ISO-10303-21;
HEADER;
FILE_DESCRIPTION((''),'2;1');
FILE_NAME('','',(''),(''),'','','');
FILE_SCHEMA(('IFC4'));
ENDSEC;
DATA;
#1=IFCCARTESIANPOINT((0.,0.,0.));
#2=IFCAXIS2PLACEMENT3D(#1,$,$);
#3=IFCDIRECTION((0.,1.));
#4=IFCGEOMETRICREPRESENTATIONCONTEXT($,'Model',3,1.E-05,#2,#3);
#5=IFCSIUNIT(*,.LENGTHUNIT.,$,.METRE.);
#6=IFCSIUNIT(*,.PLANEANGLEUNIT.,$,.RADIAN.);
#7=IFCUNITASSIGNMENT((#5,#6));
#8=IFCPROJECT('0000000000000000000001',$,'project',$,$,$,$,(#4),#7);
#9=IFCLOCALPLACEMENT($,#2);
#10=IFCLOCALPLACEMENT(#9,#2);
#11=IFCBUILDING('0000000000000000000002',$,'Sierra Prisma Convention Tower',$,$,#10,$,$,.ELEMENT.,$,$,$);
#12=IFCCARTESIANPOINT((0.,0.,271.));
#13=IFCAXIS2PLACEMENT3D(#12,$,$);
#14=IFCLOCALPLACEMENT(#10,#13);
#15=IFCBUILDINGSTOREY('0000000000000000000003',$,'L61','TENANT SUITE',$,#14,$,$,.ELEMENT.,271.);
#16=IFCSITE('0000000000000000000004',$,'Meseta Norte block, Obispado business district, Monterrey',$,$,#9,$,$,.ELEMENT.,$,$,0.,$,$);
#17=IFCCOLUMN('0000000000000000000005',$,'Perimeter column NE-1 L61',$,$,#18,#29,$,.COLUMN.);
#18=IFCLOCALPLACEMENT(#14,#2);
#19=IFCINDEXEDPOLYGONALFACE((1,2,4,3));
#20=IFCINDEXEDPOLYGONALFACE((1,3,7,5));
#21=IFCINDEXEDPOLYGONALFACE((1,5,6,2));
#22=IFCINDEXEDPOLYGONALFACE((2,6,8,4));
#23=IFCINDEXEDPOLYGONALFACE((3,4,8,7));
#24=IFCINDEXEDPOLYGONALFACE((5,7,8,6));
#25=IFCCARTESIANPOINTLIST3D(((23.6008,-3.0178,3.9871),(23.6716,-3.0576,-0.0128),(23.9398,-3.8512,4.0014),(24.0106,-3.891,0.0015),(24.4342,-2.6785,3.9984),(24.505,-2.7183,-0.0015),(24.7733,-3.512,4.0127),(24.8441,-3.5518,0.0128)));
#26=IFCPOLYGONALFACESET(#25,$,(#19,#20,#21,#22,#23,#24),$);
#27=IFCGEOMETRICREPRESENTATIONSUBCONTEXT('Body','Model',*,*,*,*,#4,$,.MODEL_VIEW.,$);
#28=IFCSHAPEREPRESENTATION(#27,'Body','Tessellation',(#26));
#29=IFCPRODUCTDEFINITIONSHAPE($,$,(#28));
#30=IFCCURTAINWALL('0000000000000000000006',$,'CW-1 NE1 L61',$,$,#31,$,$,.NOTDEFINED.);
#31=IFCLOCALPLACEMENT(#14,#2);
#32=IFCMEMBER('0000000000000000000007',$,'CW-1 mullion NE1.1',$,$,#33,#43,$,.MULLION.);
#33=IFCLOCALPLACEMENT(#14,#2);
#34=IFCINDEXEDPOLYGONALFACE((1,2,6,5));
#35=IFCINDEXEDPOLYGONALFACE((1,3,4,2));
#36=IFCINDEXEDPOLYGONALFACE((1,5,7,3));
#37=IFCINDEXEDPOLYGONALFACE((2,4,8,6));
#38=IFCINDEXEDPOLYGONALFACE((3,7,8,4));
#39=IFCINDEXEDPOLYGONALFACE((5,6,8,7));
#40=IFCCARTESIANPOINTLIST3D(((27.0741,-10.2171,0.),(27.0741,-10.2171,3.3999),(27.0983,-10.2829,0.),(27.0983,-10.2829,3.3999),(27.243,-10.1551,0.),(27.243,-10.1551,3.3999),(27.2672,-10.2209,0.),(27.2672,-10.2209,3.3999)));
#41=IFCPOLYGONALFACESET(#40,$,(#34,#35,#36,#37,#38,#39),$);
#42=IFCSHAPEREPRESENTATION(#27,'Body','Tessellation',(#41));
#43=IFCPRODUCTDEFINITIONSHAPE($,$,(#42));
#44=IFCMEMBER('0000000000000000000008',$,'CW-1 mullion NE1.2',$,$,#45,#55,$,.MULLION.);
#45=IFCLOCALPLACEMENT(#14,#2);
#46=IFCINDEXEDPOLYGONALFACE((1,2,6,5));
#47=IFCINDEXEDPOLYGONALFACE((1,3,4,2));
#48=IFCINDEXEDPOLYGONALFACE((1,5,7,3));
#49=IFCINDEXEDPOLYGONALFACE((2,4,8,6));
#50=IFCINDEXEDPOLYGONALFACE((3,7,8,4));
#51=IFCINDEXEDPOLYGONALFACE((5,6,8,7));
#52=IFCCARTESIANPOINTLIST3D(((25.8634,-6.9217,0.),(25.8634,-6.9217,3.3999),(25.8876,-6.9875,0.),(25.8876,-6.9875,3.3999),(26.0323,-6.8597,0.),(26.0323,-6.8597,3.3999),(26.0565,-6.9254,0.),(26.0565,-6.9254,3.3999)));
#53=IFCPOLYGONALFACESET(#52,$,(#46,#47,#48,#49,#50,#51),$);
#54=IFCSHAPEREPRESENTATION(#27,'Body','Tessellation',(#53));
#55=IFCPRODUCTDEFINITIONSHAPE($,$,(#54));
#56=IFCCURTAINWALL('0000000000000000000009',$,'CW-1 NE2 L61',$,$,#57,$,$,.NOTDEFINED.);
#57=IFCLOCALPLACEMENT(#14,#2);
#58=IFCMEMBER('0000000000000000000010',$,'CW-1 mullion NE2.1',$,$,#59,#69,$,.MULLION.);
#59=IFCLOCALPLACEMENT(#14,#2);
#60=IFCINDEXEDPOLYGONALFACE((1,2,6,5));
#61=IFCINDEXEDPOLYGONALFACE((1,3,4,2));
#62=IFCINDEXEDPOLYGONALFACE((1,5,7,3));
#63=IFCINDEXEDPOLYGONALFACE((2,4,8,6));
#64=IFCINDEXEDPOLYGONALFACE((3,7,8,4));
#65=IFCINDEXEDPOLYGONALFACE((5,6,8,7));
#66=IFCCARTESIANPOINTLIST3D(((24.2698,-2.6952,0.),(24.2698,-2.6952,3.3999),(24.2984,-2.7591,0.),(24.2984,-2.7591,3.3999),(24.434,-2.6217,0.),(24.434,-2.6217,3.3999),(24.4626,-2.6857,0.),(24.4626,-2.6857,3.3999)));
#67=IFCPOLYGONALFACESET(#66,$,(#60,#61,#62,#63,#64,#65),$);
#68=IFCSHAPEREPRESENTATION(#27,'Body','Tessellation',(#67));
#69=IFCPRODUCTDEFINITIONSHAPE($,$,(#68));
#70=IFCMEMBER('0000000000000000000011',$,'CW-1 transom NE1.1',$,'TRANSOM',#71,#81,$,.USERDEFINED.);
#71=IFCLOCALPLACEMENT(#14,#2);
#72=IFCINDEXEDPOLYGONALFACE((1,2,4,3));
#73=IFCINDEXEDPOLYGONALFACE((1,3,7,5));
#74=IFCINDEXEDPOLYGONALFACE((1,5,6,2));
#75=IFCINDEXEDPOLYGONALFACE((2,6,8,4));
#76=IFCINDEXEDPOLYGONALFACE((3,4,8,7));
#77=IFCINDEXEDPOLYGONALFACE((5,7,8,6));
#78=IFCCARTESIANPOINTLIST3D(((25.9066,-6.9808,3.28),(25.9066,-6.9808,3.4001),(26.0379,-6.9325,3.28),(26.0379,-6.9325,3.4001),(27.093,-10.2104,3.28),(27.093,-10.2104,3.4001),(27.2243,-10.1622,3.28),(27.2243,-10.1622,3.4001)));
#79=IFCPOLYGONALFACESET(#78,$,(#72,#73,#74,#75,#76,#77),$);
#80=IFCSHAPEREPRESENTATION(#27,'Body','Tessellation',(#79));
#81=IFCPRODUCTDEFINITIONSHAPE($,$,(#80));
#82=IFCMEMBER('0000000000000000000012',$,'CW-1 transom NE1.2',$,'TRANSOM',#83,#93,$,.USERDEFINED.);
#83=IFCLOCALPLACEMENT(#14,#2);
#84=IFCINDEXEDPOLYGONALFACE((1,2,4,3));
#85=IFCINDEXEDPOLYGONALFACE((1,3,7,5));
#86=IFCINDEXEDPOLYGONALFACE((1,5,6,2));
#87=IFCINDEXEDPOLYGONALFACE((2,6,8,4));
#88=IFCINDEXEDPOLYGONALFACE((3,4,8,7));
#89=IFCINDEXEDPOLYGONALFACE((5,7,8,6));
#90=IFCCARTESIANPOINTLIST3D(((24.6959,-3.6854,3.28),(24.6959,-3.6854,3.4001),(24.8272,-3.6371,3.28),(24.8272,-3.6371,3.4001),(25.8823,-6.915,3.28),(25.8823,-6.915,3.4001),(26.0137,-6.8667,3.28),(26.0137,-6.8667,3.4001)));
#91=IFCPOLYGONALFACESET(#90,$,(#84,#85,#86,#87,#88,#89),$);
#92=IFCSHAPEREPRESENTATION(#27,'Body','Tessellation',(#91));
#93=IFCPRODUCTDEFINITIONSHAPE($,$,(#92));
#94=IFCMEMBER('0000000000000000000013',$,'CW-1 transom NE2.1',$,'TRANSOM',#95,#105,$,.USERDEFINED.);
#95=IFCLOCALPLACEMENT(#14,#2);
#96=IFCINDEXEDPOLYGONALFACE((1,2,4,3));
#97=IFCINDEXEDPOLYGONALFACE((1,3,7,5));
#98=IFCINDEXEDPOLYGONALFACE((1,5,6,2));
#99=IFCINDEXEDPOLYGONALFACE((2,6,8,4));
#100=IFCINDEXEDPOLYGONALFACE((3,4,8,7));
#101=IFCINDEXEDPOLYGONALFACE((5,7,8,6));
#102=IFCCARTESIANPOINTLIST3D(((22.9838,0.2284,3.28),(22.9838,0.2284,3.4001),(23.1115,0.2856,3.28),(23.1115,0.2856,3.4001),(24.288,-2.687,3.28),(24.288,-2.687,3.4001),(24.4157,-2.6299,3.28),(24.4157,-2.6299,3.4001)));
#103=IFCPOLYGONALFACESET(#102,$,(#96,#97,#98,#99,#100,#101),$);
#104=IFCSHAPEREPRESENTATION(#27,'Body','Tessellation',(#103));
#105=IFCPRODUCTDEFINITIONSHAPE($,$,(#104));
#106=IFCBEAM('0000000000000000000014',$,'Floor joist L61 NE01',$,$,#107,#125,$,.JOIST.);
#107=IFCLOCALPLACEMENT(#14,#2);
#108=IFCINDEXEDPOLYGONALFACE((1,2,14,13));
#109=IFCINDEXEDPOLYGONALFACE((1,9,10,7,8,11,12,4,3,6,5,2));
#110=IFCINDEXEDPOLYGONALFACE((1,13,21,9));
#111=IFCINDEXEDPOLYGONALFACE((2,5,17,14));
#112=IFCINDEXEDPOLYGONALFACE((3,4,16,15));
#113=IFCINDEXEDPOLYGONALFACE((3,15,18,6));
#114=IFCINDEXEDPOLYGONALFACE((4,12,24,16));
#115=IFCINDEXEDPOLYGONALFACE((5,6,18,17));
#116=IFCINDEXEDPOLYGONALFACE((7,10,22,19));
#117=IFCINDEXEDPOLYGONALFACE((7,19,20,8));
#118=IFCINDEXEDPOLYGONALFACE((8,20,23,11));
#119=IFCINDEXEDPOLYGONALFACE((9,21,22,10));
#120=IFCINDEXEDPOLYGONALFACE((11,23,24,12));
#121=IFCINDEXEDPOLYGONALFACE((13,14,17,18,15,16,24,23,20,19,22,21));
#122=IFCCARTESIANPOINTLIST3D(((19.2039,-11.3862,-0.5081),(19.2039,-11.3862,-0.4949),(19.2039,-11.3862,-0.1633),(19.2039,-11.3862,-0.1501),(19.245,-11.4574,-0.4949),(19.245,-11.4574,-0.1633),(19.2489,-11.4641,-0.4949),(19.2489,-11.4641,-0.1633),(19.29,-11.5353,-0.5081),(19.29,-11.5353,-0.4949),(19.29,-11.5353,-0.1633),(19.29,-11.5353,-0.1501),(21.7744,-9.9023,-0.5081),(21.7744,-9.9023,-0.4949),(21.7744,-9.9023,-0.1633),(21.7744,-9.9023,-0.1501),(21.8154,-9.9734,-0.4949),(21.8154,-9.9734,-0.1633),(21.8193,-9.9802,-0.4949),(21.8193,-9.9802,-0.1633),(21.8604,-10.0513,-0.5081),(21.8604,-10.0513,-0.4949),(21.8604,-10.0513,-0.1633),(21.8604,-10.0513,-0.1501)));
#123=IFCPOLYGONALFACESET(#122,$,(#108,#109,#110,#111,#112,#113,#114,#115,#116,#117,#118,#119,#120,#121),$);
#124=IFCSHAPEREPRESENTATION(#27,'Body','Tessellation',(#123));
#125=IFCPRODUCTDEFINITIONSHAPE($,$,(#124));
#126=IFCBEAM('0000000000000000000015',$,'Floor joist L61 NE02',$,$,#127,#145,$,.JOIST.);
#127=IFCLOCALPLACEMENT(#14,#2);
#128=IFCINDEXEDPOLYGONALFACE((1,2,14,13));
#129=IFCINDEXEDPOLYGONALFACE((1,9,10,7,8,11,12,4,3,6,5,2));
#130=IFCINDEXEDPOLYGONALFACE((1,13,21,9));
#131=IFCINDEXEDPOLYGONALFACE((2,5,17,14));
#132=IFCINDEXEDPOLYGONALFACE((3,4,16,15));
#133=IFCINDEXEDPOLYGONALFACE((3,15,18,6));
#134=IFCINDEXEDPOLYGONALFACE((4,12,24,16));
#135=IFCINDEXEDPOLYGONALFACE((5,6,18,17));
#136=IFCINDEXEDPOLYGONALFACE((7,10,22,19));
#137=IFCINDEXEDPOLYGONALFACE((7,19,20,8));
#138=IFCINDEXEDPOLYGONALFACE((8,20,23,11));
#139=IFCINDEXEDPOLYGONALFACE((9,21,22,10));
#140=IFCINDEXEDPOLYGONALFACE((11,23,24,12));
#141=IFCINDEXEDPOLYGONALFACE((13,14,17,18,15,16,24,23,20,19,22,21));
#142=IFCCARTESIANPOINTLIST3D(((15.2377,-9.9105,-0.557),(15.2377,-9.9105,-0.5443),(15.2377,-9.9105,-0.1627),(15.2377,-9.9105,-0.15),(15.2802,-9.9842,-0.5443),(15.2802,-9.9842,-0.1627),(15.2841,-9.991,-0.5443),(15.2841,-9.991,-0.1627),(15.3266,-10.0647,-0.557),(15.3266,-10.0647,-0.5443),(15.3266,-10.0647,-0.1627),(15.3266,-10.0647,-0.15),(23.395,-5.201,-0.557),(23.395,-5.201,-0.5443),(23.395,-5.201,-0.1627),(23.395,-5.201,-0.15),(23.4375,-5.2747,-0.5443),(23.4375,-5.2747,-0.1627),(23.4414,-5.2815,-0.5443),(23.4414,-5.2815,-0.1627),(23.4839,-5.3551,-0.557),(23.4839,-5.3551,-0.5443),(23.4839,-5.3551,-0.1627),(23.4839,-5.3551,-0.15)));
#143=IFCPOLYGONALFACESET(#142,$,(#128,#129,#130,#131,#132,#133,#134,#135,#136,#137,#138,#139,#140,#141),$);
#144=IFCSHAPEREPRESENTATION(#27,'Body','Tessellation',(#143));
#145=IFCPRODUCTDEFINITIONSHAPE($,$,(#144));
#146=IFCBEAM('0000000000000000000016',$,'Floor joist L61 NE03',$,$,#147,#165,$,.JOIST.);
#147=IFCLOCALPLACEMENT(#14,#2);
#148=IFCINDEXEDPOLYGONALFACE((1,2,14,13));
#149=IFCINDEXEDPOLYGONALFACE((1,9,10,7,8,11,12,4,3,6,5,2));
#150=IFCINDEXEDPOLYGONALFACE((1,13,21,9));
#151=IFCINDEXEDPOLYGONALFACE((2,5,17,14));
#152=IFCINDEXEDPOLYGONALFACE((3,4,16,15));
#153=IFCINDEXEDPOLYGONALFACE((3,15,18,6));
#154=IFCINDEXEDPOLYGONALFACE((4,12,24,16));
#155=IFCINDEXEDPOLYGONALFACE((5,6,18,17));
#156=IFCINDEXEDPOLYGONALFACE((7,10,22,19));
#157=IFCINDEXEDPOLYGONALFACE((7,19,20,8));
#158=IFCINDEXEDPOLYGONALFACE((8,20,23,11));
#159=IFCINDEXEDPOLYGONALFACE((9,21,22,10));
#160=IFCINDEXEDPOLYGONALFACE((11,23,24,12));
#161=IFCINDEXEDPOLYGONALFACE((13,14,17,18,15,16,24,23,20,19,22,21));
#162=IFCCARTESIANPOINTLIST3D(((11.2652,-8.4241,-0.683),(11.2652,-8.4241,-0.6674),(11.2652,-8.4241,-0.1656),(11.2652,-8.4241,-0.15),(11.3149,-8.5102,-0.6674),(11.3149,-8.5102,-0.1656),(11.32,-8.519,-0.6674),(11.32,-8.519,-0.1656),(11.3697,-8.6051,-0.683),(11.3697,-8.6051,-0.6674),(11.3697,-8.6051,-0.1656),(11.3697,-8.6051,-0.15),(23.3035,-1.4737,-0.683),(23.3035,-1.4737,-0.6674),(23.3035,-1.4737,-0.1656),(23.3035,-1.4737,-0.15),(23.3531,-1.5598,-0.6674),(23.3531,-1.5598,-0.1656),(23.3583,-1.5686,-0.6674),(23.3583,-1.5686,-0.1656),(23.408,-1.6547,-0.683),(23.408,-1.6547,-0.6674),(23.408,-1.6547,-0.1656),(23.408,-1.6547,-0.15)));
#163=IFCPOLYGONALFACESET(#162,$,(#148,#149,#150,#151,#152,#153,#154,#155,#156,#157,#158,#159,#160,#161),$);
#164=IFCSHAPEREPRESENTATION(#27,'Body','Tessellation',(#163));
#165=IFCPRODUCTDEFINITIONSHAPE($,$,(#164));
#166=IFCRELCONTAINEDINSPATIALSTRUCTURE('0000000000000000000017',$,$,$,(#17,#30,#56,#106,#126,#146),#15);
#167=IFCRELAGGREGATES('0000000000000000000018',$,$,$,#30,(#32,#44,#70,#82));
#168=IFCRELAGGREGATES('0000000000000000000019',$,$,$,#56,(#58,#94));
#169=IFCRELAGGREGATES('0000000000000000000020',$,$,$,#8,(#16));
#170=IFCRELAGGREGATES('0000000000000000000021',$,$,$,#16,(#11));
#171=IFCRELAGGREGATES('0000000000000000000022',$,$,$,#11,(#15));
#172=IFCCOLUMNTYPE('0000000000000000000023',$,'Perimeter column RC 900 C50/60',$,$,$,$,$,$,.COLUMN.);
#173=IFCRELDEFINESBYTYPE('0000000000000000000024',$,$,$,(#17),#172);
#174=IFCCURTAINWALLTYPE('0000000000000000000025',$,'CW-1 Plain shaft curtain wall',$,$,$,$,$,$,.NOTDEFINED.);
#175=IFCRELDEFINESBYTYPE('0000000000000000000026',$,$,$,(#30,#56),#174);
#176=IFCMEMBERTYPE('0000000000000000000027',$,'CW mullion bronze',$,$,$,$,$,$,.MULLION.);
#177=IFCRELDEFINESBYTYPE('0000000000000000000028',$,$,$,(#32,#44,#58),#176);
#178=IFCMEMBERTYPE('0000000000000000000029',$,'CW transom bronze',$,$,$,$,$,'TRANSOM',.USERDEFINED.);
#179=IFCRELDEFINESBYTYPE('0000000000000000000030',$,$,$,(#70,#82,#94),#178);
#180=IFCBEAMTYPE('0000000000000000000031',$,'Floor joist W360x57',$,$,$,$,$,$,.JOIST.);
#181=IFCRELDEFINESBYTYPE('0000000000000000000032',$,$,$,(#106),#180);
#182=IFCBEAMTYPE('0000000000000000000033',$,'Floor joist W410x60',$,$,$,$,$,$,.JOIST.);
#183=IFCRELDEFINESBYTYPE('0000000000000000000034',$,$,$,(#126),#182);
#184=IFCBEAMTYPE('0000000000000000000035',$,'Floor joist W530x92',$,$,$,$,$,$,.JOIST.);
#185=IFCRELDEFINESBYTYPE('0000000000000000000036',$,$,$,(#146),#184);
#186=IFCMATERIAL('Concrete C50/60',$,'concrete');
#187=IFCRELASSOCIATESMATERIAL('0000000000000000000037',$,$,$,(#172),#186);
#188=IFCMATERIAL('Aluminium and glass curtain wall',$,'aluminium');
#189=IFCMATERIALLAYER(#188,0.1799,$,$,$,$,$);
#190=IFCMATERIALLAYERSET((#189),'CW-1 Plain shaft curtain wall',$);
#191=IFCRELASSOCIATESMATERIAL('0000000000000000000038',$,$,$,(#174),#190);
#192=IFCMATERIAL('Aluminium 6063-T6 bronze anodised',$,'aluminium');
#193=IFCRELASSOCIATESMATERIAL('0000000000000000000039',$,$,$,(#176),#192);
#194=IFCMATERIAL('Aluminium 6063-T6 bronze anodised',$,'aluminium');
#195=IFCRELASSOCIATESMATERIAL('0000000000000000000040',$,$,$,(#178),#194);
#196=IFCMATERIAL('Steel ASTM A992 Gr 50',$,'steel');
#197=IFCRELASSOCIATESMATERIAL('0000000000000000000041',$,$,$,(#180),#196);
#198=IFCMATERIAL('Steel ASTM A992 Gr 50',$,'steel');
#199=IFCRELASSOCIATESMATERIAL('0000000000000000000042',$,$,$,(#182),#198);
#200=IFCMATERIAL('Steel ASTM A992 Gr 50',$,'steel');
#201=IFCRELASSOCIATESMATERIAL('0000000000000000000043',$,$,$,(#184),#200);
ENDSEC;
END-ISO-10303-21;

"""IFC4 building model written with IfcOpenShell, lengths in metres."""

from ifc_helpers import new_model, si_unit, direction, frame, origin, origin_2d, place, context, subcontext, project, spatial, rectangle, i_section, extrude, material, layer, layer_set, material_profile, profile_set, type_object, element, aggregate, save


model = new_model("IFC4")

# Units and contexts
model_context = context("Model", 3, precision=1e-05, world=origin(), true_north=direction((0.0, 1.0)))
body_context = subcontext(model_context, "Body", "Model", "MODEL_VIEW")
ifc_project = project(units=[si_unit("LENGTHUNIT", "METRE"), si_unit("PLANEANGLEUNIT", "RADIAN")], contexts=[model_context])

# Site, building, storey
site_placement = place(None, origin())
site = spatial("IfcSite", under=ifc_project, at=site_placement, Name="Meseta Norte block, Obispado business district, Monterrey", CompositionType="ELEMENT", RefElevation=0.0)
building_placement = place(site_placement, origin())
building = spatial("IfcBuilding", under=site, at=building_placement, Name="Sierra Prisma Convention Tower", CompositionType="ELEMENT")
storey_placement = place(building_placement, frame((0.0, 0.0, 271.0)))
storey = spatial("IfcBuildingStorey", under=building, at=storey_placement, Name="L61", Description="TENANT SUITE", CompositionType="ELEMENT", Elevation=271.0)

# Column
ifc_material_1 = material(Name="Concrete C50/60", Category="concrete")
ifc_material_profile_1 = material_profile(ifc_material_1, rectangle(XDim=0.8999, YDim=0.8999, at=origin_2d()), Name="Perimeter column RC 900 C50/60")
ifc_profile_set_1 = profile_set([ifc_material_profile_1], Name="Concrete C50/60")
column_type = type_object("IfcColumnType", Name="Perimeter column RC 900 C50/60", PredefinedType="COLUMN", material=ifc_profile_set_1)
column_placement = place(storey_placement, frame((24.2578, -3.3047, 0.0), z_axis=(-0.017697, 0.009947, 0.999794), x_axis=(-0.37678, 0.926167, -0.015883)))
element("IfcColumn", 1, at=column_placement, inside=storey, type_object=column_type, Name="Perimeter column NE-1 L61", PredefinedType="COLUMN", context=body_context, shape_type="SweptSolid", body=[
    extrude(rectangle(XDim=0.8999, YDim=0.8999, at=origin_2d()), origin(), (0.0, 0.0, 1.0), 4.0007),
])

# Curtain wall, members
ifc_material_2 = material(Name="Aluminium and glass curtain wall", Category="aluminium")
ifc_layer_1 = layer(ifc_material_2, 0.1799)
ifc_layer_set_1 = layer_set([ifc_layer_1], Name="CW-1 Plain shaft curtain wall")
curtain_wall_type = type_object("IfcCurtainWallType", Name="CW-1 Plain shaft curtain wall", PredefinedType="NOTDEFINED", material=ifc_layer_set_1)
curtain_wall_1_placement = place(storey_placement, origin())
curtain_wall_1 = element("IfcCurtainWall", 2, at=curtain_wall_1_placement, inside=storey, type_object=curtain_wall_type, Name="CW-1 NE1 L61", PredefinedType="NOTDEFINED")
ifc_material_3 = material(Name="Aluminium 6063-T6 bronze anodised", Category="aluminium")
ifc_material_profile_2 = material_profile(ifc_material_3, rectangle(XDim=0.1799, YDim=0.0701, at=origin_2d()), Name="ALU MULLION 70x180")
ifc_profile_set_2 = profile_set([ifc_material_profile_2], Name="Aluminium 6063-T6 bronze anodised")
member_type_1 = type_object("IfcMemberType", Name="CW mullion bronze", PredefinedType="MULLION", material=ifc_profile_set_2)
member_1_placement = place(storey_placement, frame((27.1707, -10.219, 0.0), z_axis=(0.0, 0.0, 1.0), x_axis=(-0.938659, -0.344847, 0.0)))
member_1 = element("IfcMember", 3, at=member_1_placement, type_object=member_type_1, Name="CW-1 mullion NE1.1", PredefinedType="MULLION", context=body_context, shape_type="SweptSolid", body=[
    extrude(rectangle(XDim=0.1799, YDim=0.0701, at=origin_2d()), origin(), (0.0, 0.0, 1.0), 3.3999),
])
member_2_placement = place(storey_placement, frame((25.96, -6.9236, 0.0), z_axis=(0.0, 0.0, 1.0), x_axis=(-0.938659, -0.344847, 0.0)))
member_2 = element("IfcMember", 4, at=member_2_placement, type_object=member_type_1, Name="CW-1 mullion NE1.2", PredefinedType="MULLION", context=body_context, shape_type="SweptSolid", body=[
    extrude(rectangle(XDim=0.1799, YDim=0.0701, at=origin_2d()), origin(), (0.0, 0.0, 1.0), 3.3999),
])

# Curtain wall, member
curtain_wall_2_placement = place(storey_placement, origin())
curtain_wall_2 = element("IfcCurtainWall", 5, at=curtain_wall_2_placement, inside=storey, type_object=curtain_wall_type, Name="CW-1 NE2 L61", PredefinedType="NOTDEFINED")
member_3_placement = place(storey_placement, frame((24.3662, -2.6904, 0.0), z_axis=(0.0, 0.0, 1.0), x_axis=(-0.912809, -0.408386, 0.0)))
member_3 = element("IfcMember", 6, at=member_3_placement, type_object=member_type_1, Name="CW-1 mullion NE2.1", PredefinedType="MULLION", context=body_context, shape_type="SweptSolid", body=[
    extrude(rectangle(XDim=0.1799, YDim=0.0701, at=origin_2d()), origin(), (0.0, 0.0, 1.0), 3.3999),
])

# Members
ifc_material_4 = material(Name="Aluminium 6063-T6 bronze anodised", Category="aluminium")
ifc_material_profile_3 = material_profile(ifc_material_4, rectangle(XDim=0.1399, YDim=0.1201, at=origin_2d()), Name="ALU TRANSOM 120x140")
ifc_profile_set_3 = profile_set([ifc_material_profile_3], Name="Aluminium 6063-T6 bronze anodised")
member_type_2 = type_object("IfcMemberType", Name="CW transom bronze", ElementType="TRANSOM", PredefinedType="USERDEFINED", material=ifc_profile_set_3)
member_4_placement = place(storey_placement, frame((27.1587, -10.1863, 3.3401), z_axis=(-0.34484, 0.938661, 0.0), x_axis=(-0.938661, -0.34484, 0.0)))
member_4 = element("IfcMember", 7, at=member_4_placement, type_object=member_type_2, Name="CW-1 transom NE1.1", ObjectType="TRANSOM", PredefinedType="USERDEFINED", context=body_context, shape_type="SweptSolid", body=[
    extrude(rectangle(XDim=0.1399, YDim=0.1201, at=origin_2d()), origin(), (0.0, 0.0, 1.0), 3.4407),
])
member_5_placement = place(storey_placement, frame((25.948, -6.8909, 3.3401), z_axis=(-0.34484, 0.938661, 0.0), x_axis=(-0.938661, -0.34484, 0.0)))
member_5 = element("IfcMember", 8, at=member_5_placement, type_object=member_type_2, Name="CW-1 transom NE1.2", ObjectType="TRANSOM", PredefinedType="USERDEFINED", context=body_context, shape_type="SweptSolid", body=[
    extrude(rectangle(XDim=0.1399, YDim=0.1201, at=origin_2d()), origin(), (0.0, 0.0, 1.0), 3.4407),
])
member_6_placement = place(storey_placement, frame((24.3518, -2.6584, 3.3401), z_axis=(-0.408336, 0.912832, 0.0), x_axis=(-0.912832, -0.408336, 0.0)))
member_6 = element("IfcMember", 9, at=member_6_placement, type_object=member_type_2, Name="CW-1 transom NE2.1", ObjectType="TRANSOM", PredefinedType="USERDEFINED", context=body_context, shape_type="SweptSolid", body=[
    extrude(rectangle(XDim=0.1399, YDim=0.1201, at=origin_2d()), origin(), (0.0, 0.0, 1.0), 3.1938),
])

# Beams
ifc_material_5 = material(Name="Steel ASTM A992 Gr 50", Category="steel")
ifc_material_profile_4 = material_profile(ifc_material_5, i_section(OverallWidth=0.1721, OverallDepth=0.3579, WebThickness=0.0078, FlangeThickness=0.0132, at=origin_2d()), Name="W360x57")
ifc_profile_set_4 = profile_set([ifc_material_profile_4], Name="Steel ASTM A992 Gr 50")
beam_type_1 = type_object("IfcBeamType", Name="Floor joist W360x57", PredefinedType="JOIST", material=ifc_profile_set_4)
beam_1_placement = place(storey_placement, frame((21.8174, -9.9768, -0.3291), z_axis=(-0.866038, -0.499979, 0.0), x_axis=(0.499979, -0.866038, 0.0)))
element("IfcBeam", 10, at=beam_1_placement, inside=storey, type_object=beam_type_1, Name="Floor joist L61 NE01", PredefinedType="JOIST", context=body_context, shape_type="SweptSolid", body=[
    extrude(i_section(OverallWidth=0.1721, OverallDepth=0.3579, WebThickness=0.0078, FlangeThickness=0.0132, at=origin_2d()), origin(), (0.0, 0.0, 1.0), 2.968),
])
ifc_material_6 = material(Name="Steel ASTM A992 Gr 50", Category="steel")
ifc_material_profile_5 = material_profile(ifc_material_6, i_section(OverallWidth=0.178, OverallDepth=0.407, WebThickness=0.0078, FlangeThickness=0.0127, at=origin_2d()), Name="W410x60")
ifc_profile_set_5 = profile_set([ifc_material_profile_5], Name="Steel ASTM A992 Gr 50")
beam_type_2 = type_object("IfcBeamType", Name="Floor joist W410x60", PredefinedType="JOIST", material=ifc_profile_set_5)
beam_2_placement = place(storey_placement, frame((23.4395, -5.2781, -0.3535), z_axis=(-0.86603, -0.499992, 0.0), x_axis=(0.499992, -0.86603, 0.0)))
element("IfcBeam", 11, at=beam_2_placement, inside=storey, type_object=beam_type_2, Name="Floor joist L61 NE02", PredefinedType="JOIST", context=body_context, shape_type="SweptSolid", body=[
    extrude(i_section(OverallWidth=0.178, OverallDepth=0.407, WebThickness=0.0078, FlangeThickness=0.0127, at=origin_2d()), origin(), (0.0, 0.0, 1.0), 9.4192),
])
ifc_material_7 = material(Name="Steel ASTM A992 Gr 50", Category="steel")
ifc_material_profile_6 = material_profile(ifc_material_7, i_section(OverallWidth=0.209, OverallDepth=0.533, WebThickness=0.0103, FlangeThickness=0.0156, at=origin_2d()), Name="W530x92")
ifc_profile_set_6 = profile_set([ifc_material_profile_6], Name="Steel ASTM A992 Gr 50")
beam_type_3 = type_object("IfcBeamType", Name="Floor joist W530x92", PredefinedType="JOIST", material=ifc_profile_set_6)
beam_3_placement = place(storey_placement, frame((23.3557, -1.5642, -0.4165), z_axis=(-0.866022, -0.500006, 0.0), x_axis=(0.500006, -0.866022, 0.0)))
element("IfcBeam", 12, at=beam_3_placement, inside=storey, type_object=beam_type_3, Name="Floor joist L61 NE03", PredefinedType="JOIST", context=body_context, shape_type="SweptSolid", body=[
    extrude(i_section(OverallWidth=0.209, OverallDepth=0.533, WebThickness=0.0103, FlangeThickness=0.0156, at=origin_2d()), origin(), (0.0, 0.0, 1.0), 13.9006),
])

aggregate(curtain_wall_1, [member_1, member_2, member_4, member_5])
aggregate(curtain_wall_2, [member_3, member_6])

save(model, "model.ifc")
